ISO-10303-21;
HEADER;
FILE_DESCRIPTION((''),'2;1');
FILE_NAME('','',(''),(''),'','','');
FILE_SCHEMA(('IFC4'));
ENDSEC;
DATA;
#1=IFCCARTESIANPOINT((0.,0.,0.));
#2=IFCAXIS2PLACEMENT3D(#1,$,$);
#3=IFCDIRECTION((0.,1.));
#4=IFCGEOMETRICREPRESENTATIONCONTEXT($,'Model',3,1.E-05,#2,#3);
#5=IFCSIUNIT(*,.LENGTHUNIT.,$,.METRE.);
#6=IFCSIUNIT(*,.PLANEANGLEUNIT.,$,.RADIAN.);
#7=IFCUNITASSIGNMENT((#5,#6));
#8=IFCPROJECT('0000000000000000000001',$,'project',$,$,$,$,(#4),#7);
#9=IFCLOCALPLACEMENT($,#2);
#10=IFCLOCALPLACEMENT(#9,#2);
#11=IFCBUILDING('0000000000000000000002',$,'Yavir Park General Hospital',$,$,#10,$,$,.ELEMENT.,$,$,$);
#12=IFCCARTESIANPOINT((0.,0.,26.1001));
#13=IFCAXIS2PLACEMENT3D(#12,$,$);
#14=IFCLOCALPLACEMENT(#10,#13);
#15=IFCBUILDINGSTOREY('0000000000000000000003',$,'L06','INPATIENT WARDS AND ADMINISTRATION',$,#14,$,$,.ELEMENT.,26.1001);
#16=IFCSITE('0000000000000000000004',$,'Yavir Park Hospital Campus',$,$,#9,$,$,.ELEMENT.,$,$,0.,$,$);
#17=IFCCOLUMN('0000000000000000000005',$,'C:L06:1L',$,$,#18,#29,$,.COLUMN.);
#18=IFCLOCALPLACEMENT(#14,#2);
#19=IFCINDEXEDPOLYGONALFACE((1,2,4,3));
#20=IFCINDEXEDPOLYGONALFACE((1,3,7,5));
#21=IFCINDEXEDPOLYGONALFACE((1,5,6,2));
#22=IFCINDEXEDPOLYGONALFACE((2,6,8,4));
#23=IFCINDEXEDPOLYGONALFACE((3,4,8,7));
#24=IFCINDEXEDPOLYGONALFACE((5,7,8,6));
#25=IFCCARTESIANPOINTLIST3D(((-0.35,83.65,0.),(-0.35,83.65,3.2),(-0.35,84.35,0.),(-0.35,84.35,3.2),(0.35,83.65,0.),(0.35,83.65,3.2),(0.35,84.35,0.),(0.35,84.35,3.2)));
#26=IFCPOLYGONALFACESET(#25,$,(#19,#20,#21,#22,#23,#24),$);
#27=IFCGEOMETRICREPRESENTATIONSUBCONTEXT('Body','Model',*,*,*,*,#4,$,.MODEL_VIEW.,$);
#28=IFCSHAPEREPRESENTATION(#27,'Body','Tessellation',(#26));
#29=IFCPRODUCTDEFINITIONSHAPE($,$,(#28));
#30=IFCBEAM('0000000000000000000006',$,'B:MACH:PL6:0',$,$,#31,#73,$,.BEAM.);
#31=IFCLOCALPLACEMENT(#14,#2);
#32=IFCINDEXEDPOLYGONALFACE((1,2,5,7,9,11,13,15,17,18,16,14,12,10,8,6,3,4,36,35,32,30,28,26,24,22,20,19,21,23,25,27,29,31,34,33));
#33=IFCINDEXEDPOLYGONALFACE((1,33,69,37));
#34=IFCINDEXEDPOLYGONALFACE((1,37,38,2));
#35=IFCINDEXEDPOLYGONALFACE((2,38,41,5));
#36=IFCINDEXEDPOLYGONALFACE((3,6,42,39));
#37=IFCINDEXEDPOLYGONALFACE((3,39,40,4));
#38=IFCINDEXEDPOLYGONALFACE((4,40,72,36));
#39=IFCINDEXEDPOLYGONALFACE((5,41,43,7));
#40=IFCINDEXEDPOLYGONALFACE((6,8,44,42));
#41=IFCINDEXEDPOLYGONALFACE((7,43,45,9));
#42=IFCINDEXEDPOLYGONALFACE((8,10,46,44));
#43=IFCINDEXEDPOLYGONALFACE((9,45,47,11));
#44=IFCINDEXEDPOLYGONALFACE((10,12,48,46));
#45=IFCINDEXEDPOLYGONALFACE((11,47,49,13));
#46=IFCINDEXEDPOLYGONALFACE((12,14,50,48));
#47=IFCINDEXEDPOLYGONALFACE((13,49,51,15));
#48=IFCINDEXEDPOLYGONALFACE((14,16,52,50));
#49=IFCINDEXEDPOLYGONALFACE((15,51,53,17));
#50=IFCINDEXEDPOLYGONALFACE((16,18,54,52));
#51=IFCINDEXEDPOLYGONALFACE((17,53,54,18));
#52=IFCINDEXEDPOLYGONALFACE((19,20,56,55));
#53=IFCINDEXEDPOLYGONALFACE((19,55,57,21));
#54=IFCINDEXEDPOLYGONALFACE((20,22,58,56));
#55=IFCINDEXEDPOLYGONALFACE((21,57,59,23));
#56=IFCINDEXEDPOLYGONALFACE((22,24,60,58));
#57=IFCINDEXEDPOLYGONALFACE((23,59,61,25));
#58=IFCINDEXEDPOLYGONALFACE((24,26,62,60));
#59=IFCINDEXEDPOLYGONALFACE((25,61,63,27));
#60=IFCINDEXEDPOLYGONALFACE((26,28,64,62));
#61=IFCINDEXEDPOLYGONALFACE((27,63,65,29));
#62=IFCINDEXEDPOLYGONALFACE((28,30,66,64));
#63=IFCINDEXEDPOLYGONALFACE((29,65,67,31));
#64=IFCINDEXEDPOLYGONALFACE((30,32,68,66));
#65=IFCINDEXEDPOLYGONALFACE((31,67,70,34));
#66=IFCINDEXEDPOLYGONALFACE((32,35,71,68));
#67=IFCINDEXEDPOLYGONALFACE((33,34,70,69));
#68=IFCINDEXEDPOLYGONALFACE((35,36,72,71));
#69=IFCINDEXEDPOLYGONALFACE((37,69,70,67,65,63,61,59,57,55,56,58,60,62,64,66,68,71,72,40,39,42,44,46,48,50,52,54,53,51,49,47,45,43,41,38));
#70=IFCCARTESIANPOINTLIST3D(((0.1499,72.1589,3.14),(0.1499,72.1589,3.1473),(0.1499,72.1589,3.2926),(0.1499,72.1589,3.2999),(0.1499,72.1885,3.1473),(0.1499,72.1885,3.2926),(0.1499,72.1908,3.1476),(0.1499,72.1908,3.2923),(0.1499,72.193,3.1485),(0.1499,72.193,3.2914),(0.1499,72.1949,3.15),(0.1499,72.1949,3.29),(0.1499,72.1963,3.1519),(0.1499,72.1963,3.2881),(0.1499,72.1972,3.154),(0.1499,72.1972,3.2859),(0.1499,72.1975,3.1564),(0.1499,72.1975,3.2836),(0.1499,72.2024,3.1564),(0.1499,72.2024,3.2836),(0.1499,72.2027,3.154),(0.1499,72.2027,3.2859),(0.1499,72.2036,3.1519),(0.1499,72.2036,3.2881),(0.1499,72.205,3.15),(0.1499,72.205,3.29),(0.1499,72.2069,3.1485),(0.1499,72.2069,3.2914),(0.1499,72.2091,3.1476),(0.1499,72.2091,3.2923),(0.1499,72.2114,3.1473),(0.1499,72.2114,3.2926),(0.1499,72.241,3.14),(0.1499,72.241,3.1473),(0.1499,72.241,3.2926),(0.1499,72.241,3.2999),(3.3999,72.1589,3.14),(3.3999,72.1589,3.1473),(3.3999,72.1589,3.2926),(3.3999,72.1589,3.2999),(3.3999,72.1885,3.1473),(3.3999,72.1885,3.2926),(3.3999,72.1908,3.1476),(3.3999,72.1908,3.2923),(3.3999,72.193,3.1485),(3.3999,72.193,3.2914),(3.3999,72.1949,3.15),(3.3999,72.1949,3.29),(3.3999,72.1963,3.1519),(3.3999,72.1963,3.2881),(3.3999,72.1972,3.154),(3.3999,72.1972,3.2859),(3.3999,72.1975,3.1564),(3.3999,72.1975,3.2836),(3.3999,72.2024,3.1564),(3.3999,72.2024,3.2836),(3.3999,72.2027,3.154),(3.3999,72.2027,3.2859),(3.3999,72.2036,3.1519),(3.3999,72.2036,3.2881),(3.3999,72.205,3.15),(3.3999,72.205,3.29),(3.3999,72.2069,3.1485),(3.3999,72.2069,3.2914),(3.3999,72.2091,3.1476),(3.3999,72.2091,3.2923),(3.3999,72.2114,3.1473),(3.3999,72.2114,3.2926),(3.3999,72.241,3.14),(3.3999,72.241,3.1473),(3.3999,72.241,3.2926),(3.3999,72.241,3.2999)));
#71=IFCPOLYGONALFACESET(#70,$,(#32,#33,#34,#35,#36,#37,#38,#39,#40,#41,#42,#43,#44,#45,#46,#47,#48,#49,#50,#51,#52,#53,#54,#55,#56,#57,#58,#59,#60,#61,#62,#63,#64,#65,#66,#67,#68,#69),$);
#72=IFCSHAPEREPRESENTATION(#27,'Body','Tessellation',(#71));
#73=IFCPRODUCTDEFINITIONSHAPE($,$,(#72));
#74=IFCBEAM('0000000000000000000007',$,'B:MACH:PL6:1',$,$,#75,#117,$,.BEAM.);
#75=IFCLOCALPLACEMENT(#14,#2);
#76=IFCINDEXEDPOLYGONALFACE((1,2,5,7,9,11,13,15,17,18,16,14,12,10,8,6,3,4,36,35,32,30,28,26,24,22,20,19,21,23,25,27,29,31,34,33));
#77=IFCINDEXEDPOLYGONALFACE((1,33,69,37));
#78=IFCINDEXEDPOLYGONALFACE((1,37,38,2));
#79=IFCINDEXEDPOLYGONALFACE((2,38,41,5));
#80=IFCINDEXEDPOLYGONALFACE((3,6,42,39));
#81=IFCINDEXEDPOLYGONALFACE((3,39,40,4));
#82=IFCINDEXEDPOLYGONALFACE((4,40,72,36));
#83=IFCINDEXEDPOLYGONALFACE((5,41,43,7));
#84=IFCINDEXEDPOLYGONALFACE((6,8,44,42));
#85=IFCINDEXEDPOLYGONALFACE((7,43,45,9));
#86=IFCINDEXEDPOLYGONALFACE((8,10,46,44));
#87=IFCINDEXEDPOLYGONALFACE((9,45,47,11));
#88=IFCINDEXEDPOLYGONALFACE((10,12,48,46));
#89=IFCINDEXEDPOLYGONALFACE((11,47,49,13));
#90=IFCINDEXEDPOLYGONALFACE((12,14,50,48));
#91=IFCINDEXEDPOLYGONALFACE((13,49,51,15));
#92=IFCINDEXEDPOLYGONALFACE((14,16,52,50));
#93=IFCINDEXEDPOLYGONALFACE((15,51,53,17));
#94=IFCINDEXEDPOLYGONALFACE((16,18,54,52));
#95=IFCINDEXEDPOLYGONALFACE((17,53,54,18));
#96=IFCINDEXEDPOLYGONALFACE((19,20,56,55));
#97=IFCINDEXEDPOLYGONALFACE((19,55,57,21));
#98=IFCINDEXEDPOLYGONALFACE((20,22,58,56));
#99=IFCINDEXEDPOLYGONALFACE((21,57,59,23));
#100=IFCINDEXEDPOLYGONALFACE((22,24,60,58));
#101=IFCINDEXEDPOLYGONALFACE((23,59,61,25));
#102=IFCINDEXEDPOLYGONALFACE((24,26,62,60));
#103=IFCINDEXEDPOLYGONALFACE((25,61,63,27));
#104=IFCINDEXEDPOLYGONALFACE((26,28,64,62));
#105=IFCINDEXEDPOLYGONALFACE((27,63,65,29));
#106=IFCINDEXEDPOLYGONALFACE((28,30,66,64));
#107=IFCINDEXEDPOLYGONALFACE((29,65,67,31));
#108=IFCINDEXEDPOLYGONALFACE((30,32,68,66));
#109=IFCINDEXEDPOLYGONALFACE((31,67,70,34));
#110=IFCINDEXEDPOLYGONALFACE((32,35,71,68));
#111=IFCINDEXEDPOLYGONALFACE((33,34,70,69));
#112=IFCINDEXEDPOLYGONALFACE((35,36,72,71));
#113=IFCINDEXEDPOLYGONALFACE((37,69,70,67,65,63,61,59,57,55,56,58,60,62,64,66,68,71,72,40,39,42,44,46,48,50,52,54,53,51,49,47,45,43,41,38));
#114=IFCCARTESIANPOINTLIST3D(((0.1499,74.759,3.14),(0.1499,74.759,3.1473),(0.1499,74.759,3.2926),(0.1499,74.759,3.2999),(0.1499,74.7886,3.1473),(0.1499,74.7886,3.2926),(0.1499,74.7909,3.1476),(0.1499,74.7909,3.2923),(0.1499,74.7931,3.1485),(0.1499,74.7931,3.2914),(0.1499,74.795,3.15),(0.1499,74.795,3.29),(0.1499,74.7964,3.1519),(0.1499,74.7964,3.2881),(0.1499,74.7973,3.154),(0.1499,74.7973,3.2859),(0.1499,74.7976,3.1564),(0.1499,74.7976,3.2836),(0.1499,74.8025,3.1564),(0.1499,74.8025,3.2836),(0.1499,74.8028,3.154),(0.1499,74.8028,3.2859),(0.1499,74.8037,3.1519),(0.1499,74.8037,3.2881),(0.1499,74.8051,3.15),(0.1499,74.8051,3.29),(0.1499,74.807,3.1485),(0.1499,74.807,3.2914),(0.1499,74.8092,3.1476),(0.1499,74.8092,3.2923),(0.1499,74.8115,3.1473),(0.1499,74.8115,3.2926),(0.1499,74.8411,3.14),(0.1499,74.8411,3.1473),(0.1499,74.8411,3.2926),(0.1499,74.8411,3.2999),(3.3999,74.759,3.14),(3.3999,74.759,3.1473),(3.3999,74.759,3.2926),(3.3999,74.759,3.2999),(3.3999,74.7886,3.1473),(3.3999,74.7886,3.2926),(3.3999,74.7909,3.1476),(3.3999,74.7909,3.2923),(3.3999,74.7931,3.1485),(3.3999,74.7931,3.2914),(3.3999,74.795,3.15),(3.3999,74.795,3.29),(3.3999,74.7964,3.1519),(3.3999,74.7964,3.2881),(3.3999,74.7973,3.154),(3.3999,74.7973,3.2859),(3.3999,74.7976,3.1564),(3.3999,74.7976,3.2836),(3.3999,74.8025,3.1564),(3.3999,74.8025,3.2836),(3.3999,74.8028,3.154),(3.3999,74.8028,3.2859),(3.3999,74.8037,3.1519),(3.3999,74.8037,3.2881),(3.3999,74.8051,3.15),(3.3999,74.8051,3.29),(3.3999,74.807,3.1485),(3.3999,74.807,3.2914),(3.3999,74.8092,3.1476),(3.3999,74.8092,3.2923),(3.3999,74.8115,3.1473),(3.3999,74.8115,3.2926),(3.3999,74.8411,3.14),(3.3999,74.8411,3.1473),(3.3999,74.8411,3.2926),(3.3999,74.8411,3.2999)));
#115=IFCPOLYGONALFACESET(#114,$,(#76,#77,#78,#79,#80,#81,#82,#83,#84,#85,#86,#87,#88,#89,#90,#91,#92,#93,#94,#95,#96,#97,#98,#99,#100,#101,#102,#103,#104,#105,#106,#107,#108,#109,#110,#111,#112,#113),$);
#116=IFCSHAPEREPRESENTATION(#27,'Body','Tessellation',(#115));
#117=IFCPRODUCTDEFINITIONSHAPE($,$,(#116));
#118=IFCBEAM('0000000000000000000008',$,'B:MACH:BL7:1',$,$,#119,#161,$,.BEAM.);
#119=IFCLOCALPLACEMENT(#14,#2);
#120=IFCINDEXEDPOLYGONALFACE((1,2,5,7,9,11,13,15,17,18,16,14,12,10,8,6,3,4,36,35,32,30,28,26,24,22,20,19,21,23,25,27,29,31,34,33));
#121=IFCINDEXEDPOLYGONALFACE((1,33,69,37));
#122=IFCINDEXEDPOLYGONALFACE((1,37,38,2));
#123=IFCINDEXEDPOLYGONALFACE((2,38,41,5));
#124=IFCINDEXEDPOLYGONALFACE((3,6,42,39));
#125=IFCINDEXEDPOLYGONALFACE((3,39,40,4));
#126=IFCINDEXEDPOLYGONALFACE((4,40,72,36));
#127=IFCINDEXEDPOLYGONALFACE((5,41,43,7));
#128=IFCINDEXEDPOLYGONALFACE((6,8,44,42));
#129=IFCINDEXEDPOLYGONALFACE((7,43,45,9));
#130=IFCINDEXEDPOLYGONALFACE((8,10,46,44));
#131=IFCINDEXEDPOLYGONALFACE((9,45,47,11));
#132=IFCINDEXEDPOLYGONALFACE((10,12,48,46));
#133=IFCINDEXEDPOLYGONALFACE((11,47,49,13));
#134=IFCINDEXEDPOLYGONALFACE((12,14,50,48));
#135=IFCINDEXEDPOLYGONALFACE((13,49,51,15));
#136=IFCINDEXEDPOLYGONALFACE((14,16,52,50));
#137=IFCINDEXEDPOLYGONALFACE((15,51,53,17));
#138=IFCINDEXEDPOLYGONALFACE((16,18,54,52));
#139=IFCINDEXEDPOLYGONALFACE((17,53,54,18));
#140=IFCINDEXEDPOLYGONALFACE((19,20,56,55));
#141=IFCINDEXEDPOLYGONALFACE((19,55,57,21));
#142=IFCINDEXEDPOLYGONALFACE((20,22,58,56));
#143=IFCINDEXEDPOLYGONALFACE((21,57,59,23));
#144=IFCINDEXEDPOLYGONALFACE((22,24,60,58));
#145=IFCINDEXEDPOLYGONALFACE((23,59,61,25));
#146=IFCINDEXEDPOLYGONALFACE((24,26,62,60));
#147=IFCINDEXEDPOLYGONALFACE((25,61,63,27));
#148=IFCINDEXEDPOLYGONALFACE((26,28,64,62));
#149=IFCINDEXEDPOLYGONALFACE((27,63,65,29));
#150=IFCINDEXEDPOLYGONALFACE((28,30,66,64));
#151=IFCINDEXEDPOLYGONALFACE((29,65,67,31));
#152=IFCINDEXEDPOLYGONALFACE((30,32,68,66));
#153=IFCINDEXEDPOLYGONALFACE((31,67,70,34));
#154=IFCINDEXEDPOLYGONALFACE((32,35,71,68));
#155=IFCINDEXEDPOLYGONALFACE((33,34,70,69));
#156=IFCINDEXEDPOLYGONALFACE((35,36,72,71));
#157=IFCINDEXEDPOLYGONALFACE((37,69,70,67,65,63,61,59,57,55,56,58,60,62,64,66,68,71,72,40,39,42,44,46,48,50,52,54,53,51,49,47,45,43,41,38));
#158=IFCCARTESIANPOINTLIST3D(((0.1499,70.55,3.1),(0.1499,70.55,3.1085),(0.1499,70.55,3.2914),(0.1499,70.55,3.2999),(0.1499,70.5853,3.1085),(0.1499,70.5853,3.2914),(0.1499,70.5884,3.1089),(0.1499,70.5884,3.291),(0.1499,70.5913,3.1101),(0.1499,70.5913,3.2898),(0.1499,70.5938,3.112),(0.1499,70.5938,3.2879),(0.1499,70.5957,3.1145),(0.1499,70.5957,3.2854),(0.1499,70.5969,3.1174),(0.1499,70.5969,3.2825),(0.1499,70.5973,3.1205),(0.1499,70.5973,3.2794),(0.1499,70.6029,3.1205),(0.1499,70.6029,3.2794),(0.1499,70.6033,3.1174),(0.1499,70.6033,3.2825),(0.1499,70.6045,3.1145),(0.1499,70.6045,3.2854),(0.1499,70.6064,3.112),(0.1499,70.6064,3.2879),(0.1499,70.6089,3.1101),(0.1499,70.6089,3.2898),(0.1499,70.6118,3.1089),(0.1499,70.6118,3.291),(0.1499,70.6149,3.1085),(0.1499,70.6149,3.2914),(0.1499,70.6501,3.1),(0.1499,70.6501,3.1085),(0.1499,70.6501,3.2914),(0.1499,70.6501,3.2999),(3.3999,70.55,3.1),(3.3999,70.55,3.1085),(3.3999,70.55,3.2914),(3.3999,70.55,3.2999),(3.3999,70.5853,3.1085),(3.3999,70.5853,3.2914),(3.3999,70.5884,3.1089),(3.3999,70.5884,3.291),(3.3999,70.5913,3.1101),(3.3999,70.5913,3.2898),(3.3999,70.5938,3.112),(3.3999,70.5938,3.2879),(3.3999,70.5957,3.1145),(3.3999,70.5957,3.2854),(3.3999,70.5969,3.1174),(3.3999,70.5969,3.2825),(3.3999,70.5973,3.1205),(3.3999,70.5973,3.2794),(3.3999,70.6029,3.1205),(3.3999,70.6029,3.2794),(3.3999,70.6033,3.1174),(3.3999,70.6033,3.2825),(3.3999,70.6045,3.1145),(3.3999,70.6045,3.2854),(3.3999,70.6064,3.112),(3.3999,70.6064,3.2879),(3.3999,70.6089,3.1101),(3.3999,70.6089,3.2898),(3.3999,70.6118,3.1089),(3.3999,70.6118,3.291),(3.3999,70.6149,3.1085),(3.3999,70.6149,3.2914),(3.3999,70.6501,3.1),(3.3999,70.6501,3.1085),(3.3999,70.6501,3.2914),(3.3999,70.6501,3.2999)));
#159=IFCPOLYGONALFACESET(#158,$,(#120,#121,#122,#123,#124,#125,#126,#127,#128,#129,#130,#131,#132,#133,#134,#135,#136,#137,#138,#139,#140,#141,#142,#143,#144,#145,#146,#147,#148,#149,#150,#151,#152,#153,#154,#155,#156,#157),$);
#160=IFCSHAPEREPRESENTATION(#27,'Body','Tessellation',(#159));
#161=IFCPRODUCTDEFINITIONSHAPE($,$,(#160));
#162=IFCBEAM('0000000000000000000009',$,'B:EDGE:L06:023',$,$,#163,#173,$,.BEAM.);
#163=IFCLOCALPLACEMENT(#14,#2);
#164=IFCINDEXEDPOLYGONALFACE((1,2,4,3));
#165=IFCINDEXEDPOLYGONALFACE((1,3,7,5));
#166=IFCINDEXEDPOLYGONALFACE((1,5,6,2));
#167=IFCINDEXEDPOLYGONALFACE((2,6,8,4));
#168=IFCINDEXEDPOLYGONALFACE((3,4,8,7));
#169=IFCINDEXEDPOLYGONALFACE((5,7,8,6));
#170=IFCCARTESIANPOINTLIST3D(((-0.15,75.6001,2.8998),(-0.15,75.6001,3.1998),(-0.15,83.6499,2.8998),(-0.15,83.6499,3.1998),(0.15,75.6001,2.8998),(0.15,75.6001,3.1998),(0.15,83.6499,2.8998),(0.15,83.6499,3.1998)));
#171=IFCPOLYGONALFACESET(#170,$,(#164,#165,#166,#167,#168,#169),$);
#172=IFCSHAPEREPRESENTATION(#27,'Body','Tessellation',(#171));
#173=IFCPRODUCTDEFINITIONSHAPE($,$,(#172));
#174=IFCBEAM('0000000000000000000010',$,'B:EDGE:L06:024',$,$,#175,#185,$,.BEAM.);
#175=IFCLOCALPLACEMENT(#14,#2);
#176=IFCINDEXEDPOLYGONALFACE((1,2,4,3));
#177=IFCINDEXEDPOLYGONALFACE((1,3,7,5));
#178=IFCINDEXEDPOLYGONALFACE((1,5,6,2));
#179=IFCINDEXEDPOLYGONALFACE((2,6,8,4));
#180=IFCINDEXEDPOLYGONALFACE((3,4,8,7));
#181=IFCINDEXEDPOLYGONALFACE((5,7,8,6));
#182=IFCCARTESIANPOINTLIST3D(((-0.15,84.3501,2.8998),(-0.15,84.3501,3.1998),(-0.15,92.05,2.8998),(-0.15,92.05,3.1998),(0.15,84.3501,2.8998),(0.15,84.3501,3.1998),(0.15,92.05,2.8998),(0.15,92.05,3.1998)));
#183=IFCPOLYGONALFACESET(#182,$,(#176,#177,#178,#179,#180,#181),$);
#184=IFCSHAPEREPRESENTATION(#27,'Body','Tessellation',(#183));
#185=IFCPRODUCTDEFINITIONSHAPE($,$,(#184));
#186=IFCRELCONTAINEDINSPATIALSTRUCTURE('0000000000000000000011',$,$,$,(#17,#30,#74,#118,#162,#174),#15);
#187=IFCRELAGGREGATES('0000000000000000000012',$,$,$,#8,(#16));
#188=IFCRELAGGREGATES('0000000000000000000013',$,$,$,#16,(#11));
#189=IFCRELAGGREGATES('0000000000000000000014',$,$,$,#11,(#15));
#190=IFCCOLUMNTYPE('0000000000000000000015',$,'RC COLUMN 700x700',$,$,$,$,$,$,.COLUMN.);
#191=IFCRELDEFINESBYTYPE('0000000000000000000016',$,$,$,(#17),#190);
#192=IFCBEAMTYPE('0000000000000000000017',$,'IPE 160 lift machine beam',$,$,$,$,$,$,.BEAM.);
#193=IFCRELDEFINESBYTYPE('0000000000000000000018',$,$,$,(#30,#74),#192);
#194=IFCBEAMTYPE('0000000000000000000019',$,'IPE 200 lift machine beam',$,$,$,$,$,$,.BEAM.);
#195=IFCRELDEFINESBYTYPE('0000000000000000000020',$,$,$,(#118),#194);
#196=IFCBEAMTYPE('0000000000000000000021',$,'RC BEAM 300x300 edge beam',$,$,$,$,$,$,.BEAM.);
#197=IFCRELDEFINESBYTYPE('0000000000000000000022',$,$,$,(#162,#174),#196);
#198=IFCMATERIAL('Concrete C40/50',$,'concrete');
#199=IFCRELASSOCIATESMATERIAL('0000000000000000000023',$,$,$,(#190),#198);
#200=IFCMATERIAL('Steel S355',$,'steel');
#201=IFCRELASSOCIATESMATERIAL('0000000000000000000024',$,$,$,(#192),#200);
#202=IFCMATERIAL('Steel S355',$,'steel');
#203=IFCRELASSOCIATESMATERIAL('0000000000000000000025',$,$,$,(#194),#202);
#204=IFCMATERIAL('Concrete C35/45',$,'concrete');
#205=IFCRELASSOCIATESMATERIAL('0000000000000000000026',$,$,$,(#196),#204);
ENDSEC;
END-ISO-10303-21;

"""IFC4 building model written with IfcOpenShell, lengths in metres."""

from ifc_helpers import new_model, si_unit, direction, frame, origin, origin_2d, place, context, subcontext, project, spatial, rectangle, i_section, extrude, material, material_profile, profile_set, type_object, element, save


model = new_model("IFC4")

# Units and contexts
model_context = context("Model", 3, precision=1e-05, world=origin(), true_north=direction((0.0, 1.0)))
body_context = subcontext(model_context, "Body", "Model", "MODEL_VIEW")
ifc_project = project(units=[si_unit("LENGTHUNIT", "METRE"), si_unit("PLANEANGLEUNIT", "RADIAN")], contexts=[model_context])

# Site, building, storey
site_placement = place(None, origin())
site = spatial("IfcSite", under=ifc_project, at=site_placement, Name="Yavir Park Hospital Campus", CompositionType="ELEMENT", RefElevation=0.0)
building_placement = place(site_placement, origin())
building = spatial("IfcBuilding", under=site, at=building_placement, Name="Yavir Park General Hospital", CompositionType="ELEMENT")
storey_placement = place(building_placement, frame((0.0, 0.0, 26.1001)))
storey = spatial("IfcBuildingStorey", under=building, at=storey_placement, Name="L06", Description="INPATIENT WARDS AND ADMINISTRATION", CompositionType="ELEMENT", Elevation=26.1001)

# Column
ifc_material_1 = material(Name="Concrete C40/50", Category="concrete")
ifc_material_profile_1 = material_profile(ifc_material_1, rectangle(XDim=0.7, YDim=0.7, at=origin_2d()), Name="RC700x700")
ifc_profile_set_1 = profile_set([ifc_material_profile_1], Name="Concrete C40/50")
column_type = type_object("IfcColumnType", Name="RC COLUMN 700x700", PredefinedType="COLUMN", material=ifc_profile_set_1)
column_placement = place(storey_placement, frame((0.0, 84.0, 0.0), z_axis=(0.0, 0.0, 1.0), x_axis=(1.0, 0.0, 0.0)))
element("IfcColumn", 1, at=column_placement, inside=storey, type_object=column_type, Name="C:L06:1L", PredefinedType="COLUMN", context=body_context, shape_type="SweptSolid", body=[
    extrude(rectangle(XDim=0.7, YDim=0.7, at=origin_2d()), origin(), (0.0, 0.0, 1.0), 3.2),
])

# Beams
ifc_material_2 = material(Name="Steel S355", Category="steel")
ifc_material_profile_2 = material_profile(ifc_material_2, i_section(OverallWidth=0.082, OverallDepth=0.1599, WebThickness=0.0049, FlangeThickness=0.0073, FilletRadius=0.009, at=origin_2d()), Name="IPE160")
ifc_profile_set_2 = profile_set([ifc_material_profile_2], Name="Steel S355")
beam_type_1 = type_object("IfcBeamType", Name="IPE 160 lift machine beam", PredefinedType="BEAM", material=ifc_profile_set_2)
for number, where, z_axis, x_axis, name in (
    (2, (0.1499, 72.2, 3.22), (1.0, 0.0, 0.0), (0.0, 1.0, 0.0), "B:MACH:PL6:0"),
    (3, (0.1499, 74.8, 3.22), (1.0, 0.0, 0.0), (0.0, 1.0, 0.0), "B:MACH:PL6:1"),
):
    element("IfcBeam", number, at=place(storey_placement, frame(where, z_axis=z_axis, x_axis=x_axis)), inside=storey, type_object=beam_type_1, Name=name, PredefinedType="BEAM", context=body_context, shape_type="SweptSolid", body=[
        extrude(i_section(OverallWidth=0.082, OverallDepth=0.1599, WebThickness=0.0049, FlangeThickness=0.0073, FilletRadius=0.009, at=origin_2d()), origin(), (0.0, 0.0, 1.0), 3.25),
    ])
ifc_material_3 = material(Name="Steel S355", Category="steel")
ifc_material_profile_3 = material_profile(ifc_material_3, i_section(OverallWidth=0.1001, OverallDepth=0.2, WebThickness=0.0056, FlangeThickness=0.0085, FilletRadius=0.012, at=origin_2d()), Name="IPE200")
ifc_profile_set_3 = profile_set([ifc_material_profile_3], Name="Steel S355")
beam_type_2 = type_object("IfcBeamType", Name="IPE 200 lift machine beam", PredefinedType="BEAM", material=ifc_profile_set_3)
beam_1_placement = place(storey_placement, frame((0.1499, 70.6001, 3.2), z_axis=(1.0, 0.0, 0.0), x_axis=(0.0, 1.0, 0.0)))
element("IfcBeam", 4, at=beam_1_placement, inside=storey, type_object=beam_type_2, Name="B:MACH:BL7:1", PredefinedType="BEAM", context=body_context, shape_type="SweptSolid", body=[
    extrude(i_section(OverallWidth=0.1001, OverallDepth=0.2, WebThickness=0.0056, FlangeThickness=0.0085, FilletRadius=0.012, at=origin_2d()), origin(), (0.0, 0.0, 1.0), 3.25),
])
ifc_material_4 = material(Name="Concrete C35/45", Category="concrete")
ifc_material_profile_4 = material_profile(ifc_material_4, rectangle(XDim=0.3, YDim=0.3, at=origin_2d()), Name="RC300x300")
ifc_profile_set_4 = profile_set([ifc_material_profile_4], Name="Concrete C35/45")
beam_type_3 = type_object("IfcBeamType", Name="RC BEAM 300x300 edge beam", PredefinedType="BEAM", material=ifc_profile_set_4)
beam_2_placement = place(storey_placement, frame((0.0, 75.6001, 3.0498), z_axis=(0.0, 1.0, 0.0), x_axis=(-1.0, 0.0, 0.0)))
element("IfcBeam", 5, at=beam_2_placement, inside=storey, type_object=beam_type_3, Name="B:EDGE:L06:023", PredefinedType="BEAM", context=body_context, shape_type="SweptSolid", body=[
    extrude(rectangle(XDim=0.3, YDim=0.3, at=origin_2d()), origin(), (0.0, 0.0, 1.0), 8.0498),
])
beam_3_placement = place(storey_placement, frame((0.0, 84.3501, 3.0498), z_axis=(0.0, 1.0, 0.0), x_axis=(-1.0, 0.0, 0.0)))
element("IfcBeam", 6, at=beam_3_placement, inside=storey, type_object=beam_type_3, Name="B:EDGE:L06:024", PredefinedType="BEAM", context=body_context, shape_type="SweptSolid", body=[
    extrude(rectangle(XDim=0.3, YDim=0.3, at=origin_2d()), origin(), (0.0, 0.0, 1.0), 7.7),
])

save(model, "model.ifc")
